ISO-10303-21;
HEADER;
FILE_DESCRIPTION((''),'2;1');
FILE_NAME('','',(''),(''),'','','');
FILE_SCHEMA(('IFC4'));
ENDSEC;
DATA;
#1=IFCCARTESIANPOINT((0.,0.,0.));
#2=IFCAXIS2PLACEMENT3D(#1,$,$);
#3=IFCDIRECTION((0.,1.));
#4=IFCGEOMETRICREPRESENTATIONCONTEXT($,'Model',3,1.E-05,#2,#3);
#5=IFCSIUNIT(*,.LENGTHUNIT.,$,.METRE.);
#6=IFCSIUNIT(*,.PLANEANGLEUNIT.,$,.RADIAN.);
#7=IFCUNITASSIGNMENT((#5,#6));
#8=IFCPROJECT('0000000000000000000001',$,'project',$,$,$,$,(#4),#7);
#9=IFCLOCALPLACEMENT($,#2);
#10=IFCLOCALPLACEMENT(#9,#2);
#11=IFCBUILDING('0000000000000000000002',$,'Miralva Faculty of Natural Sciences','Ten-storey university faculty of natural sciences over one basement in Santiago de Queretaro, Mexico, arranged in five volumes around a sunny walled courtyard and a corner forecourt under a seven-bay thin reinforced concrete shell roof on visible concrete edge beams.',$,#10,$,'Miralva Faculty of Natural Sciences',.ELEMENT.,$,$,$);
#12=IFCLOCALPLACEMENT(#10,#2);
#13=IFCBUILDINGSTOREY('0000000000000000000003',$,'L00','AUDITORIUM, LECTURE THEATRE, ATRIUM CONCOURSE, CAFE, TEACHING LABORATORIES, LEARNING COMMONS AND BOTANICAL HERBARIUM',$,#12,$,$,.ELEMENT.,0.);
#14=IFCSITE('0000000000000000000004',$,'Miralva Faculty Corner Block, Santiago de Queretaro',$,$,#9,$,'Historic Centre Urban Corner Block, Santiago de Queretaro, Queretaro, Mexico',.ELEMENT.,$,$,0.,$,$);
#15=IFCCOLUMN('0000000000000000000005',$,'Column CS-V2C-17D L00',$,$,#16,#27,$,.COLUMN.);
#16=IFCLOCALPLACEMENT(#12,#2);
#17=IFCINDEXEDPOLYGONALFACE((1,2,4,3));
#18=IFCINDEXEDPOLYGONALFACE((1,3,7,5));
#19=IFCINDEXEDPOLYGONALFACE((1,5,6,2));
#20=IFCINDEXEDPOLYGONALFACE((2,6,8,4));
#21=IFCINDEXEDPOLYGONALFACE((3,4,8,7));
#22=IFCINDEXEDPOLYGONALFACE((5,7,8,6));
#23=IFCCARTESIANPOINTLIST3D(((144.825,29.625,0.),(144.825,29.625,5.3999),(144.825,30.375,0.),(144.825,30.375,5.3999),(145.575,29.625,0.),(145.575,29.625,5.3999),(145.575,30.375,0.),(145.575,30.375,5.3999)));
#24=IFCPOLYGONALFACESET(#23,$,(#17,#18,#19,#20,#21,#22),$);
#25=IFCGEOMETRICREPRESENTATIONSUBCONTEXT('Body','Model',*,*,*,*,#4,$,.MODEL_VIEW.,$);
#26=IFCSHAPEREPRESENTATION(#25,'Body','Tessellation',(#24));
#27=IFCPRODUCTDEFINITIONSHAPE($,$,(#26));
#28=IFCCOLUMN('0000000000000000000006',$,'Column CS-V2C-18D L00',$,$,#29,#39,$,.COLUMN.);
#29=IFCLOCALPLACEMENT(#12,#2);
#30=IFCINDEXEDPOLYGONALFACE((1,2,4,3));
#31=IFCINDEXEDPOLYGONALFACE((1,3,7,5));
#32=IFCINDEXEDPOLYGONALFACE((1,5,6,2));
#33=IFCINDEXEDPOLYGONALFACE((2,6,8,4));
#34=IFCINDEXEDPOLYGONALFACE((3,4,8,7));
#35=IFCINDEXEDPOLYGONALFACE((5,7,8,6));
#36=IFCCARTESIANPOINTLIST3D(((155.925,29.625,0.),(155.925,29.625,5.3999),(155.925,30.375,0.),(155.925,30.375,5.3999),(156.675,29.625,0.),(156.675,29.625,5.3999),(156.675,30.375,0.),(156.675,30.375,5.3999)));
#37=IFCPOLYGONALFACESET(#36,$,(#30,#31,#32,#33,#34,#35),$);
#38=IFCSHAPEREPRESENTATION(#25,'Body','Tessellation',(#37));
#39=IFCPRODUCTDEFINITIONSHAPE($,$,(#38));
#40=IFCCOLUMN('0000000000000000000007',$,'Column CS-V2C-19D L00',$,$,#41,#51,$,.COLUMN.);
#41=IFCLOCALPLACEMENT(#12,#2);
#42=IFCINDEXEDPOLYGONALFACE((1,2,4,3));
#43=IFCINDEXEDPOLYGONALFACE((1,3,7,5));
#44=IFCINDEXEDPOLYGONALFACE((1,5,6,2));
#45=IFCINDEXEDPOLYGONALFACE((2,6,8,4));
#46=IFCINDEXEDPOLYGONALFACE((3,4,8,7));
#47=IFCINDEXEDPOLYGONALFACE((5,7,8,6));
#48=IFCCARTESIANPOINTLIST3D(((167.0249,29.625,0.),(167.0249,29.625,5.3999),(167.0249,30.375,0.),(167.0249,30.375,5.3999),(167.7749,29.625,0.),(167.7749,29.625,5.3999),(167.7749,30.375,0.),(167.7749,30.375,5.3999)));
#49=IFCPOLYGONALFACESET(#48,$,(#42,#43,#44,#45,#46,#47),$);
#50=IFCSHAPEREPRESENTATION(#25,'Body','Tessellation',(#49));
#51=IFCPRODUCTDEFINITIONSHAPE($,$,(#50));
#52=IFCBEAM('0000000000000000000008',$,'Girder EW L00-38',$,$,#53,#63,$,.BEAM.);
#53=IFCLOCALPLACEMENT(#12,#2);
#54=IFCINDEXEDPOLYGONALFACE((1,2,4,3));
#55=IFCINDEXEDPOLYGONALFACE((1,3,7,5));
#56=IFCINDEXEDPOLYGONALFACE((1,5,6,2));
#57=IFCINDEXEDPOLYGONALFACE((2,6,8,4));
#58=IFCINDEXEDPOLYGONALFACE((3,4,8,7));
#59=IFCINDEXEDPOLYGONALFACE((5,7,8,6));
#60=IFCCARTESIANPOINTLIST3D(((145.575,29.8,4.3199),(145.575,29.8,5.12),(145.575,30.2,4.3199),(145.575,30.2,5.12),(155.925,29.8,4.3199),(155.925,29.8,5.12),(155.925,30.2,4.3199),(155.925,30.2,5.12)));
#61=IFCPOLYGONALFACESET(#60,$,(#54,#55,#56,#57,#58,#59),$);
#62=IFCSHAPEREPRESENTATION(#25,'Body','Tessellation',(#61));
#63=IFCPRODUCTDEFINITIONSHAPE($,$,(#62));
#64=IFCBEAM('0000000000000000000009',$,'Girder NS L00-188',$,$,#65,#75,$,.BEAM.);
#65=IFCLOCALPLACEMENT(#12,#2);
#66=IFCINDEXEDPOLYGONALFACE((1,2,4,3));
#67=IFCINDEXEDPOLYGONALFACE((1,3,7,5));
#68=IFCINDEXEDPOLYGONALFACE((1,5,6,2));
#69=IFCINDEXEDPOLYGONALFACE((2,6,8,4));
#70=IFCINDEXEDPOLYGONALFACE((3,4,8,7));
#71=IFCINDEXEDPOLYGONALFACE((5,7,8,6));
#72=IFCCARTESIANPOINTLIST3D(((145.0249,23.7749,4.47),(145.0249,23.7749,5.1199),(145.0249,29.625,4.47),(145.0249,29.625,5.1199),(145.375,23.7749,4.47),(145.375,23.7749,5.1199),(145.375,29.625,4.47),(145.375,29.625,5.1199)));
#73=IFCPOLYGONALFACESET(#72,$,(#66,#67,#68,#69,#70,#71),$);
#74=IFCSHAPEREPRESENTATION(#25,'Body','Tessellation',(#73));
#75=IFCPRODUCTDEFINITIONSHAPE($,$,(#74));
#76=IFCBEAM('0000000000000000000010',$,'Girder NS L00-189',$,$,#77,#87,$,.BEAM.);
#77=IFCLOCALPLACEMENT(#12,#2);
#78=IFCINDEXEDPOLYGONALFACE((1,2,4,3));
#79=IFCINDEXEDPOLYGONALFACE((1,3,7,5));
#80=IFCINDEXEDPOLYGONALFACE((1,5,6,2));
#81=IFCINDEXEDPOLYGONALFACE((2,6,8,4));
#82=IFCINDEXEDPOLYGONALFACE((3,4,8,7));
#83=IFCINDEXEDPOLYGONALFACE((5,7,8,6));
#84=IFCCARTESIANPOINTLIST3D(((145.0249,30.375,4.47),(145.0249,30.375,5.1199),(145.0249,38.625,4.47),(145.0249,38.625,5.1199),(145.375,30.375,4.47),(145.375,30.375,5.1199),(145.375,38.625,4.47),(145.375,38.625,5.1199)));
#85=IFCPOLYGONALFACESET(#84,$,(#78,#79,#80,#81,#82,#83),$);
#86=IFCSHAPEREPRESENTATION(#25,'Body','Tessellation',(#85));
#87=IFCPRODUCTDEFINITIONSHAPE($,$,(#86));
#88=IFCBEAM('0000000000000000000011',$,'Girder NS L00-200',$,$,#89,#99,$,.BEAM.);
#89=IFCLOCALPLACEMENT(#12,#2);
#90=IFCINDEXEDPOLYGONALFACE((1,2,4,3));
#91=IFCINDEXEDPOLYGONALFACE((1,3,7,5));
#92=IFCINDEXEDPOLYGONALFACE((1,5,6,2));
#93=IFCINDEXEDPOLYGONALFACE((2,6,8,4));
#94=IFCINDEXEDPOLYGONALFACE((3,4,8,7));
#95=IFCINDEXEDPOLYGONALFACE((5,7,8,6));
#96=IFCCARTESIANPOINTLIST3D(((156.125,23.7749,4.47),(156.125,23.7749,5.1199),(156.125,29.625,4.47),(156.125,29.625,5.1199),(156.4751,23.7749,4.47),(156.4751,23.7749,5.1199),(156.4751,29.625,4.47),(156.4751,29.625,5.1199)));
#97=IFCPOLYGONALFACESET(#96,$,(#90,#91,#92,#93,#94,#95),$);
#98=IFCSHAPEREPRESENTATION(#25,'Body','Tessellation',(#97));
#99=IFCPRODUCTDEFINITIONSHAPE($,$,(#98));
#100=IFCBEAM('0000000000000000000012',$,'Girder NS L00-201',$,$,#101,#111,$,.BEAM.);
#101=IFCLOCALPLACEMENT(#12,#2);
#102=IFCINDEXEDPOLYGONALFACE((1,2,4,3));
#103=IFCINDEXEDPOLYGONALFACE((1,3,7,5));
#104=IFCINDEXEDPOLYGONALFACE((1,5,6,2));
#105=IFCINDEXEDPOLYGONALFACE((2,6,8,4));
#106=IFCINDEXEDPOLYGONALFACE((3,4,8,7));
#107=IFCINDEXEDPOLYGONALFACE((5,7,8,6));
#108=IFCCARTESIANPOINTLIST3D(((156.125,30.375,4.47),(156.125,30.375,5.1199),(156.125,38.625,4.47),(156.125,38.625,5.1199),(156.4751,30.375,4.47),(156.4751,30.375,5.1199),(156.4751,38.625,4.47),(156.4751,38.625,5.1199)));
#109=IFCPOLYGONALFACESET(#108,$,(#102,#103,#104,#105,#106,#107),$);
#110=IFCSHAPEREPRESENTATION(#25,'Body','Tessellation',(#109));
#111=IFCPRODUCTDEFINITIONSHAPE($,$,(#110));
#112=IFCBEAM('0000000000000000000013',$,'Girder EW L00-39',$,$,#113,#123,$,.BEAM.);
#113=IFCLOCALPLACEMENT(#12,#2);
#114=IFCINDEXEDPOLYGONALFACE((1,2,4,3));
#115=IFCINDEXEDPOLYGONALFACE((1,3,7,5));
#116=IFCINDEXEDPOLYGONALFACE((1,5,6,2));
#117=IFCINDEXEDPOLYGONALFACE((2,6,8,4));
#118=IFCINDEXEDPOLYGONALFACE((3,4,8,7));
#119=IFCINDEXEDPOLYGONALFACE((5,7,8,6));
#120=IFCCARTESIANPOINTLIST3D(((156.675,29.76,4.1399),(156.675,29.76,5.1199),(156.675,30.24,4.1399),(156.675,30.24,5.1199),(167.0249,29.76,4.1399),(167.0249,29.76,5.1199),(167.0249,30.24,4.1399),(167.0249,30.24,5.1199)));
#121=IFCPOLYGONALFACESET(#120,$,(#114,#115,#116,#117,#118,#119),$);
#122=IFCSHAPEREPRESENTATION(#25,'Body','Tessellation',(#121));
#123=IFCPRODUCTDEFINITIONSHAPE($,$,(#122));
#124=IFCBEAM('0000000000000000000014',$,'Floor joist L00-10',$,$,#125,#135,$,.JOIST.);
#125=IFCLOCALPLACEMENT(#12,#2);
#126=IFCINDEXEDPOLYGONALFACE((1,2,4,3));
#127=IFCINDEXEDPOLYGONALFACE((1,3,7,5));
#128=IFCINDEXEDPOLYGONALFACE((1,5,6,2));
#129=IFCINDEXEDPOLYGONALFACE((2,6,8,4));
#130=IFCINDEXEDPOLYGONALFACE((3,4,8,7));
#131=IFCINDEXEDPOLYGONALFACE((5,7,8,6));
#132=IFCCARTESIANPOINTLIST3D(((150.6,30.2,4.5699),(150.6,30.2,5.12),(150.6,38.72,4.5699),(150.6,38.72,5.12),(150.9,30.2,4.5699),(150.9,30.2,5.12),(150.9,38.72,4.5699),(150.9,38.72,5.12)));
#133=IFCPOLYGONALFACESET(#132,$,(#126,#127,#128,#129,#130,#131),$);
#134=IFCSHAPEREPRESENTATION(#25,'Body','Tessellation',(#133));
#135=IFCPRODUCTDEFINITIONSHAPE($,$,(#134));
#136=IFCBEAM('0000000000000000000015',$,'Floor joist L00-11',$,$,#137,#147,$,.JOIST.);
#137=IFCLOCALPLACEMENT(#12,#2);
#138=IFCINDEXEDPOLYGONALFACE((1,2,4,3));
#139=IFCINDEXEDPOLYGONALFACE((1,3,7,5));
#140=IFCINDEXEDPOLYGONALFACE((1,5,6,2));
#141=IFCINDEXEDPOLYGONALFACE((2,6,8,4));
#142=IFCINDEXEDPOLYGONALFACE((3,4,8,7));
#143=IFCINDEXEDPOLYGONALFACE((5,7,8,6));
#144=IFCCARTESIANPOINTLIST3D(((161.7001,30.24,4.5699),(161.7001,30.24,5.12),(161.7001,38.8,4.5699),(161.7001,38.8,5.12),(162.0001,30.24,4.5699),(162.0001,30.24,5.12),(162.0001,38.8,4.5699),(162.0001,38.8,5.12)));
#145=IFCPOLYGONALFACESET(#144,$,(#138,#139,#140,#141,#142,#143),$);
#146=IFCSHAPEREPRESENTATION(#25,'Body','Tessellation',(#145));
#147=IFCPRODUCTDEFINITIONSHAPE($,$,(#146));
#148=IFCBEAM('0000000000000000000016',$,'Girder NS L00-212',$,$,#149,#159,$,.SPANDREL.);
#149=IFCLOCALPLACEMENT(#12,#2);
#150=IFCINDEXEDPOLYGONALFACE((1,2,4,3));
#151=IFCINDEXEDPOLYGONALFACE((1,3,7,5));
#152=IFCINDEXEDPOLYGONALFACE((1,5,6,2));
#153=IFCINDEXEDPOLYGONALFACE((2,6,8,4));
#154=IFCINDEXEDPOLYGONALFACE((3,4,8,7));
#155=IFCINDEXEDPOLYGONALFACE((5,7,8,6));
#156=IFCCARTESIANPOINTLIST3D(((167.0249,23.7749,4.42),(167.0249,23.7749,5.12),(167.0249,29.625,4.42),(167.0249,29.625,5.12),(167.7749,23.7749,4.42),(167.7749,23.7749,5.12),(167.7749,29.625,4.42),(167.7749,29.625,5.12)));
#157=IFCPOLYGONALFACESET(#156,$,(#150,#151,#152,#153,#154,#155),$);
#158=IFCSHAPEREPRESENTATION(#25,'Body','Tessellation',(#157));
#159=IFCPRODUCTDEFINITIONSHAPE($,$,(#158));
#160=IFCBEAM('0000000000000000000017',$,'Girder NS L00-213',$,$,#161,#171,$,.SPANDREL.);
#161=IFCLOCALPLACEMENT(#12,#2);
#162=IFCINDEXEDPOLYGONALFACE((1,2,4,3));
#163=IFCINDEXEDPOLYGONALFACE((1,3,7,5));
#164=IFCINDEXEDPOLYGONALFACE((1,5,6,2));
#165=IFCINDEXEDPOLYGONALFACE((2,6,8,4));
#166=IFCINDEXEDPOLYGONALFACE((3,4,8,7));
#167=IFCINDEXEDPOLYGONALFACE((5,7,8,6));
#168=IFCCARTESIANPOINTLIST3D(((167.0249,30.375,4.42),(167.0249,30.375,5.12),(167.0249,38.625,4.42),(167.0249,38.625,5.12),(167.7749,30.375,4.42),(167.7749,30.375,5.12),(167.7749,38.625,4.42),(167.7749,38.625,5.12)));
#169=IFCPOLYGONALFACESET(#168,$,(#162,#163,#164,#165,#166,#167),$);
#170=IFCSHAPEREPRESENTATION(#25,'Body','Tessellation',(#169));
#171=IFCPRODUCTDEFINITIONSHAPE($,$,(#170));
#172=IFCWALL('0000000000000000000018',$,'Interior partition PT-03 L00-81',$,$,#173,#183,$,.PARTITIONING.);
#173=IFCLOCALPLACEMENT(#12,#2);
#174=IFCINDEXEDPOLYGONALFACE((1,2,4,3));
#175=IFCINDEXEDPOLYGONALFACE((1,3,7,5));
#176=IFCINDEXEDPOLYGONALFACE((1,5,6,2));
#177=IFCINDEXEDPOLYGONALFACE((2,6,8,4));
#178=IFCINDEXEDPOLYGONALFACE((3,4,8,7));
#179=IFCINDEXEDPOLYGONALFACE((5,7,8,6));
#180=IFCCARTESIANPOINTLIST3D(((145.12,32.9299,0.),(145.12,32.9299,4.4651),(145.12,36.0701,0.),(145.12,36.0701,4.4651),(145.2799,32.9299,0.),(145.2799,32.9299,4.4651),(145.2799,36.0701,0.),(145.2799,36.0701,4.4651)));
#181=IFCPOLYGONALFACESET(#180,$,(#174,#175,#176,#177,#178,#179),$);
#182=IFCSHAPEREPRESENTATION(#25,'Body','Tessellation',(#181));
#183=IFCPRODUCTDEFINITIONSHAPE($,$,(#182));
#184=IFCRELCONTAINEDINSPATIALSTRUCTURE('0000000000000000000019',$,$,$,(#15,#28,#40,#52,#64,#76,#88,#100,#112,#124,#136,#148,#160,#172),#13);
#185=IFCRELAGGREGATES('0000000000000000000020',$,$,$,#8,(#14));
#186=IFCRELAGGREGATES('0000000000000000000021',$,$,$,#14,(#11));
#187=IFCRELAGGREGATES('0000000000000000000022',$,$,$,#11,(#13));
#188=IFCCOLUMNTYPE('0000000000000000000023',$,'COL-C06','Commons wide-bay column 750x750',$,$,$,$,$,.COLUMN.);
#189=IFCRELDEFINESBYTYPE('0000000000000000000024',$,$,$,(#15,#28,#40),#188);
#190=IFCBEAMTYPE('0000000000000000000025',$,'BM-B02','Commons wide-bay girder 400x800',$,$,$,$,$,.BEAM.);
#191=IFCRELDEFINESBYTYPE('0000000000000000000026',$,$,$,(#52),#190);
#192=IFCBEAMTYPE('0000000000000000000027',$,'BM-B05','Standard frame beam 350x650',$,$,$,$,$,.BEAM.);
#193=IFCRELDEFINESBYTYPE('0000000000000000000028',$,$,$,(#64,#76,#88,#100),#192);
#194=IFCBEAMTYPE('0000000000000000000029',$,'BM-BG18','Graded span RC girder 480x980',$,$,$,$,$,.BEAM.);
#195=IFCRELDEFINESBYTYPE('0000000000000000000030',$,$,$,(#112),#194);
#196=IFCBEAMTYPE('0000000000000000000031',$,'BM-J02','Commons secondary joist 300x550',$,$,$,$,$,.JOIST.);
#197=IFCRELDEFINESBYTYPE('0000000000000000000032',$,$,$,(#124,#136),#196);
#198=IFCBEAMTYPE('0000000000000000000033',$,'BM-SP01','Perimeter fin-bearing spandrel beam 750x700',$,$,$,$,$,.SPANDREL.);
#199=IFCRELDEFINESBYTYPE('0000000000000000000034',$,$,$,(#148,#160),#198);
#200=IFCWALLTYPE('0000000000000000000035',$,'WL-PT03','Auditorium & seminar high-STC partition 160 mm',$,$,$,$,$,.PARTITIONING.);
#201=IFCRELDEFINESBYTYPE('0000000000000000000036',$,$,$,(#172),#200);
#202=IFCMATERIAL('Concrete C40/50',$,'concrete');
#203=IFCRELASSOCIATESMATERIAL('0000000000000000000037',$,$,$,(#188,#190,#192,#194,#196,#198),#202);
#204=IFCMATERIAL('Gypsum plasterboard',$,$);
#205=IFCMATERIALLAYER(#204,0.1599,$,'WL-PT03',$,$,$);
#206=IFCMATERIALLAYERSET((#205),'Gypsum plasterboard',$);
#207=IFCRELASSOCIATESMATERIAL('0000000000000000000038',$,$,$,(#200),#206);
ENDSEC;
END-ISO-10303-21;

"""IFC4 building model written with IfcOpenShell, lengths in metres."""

from ifc_helpers import new_model, si_unit, direction, frame, frame_2d, origin, origin_2d, place, context, subcontext, project, spatial, rectangle, extrude, material, layer, layer_set, material_profile, profile_set, type_object, element, save


model = new_model("IFC4")

# Units and contexts
model_context = context("Model", 3, precision=1e-05, world=origin(), true_north=direction((0.0, 1.0)))
body_context = subcontext(model_context, "Body", "Model", "MODEL_VIEW")
ifc_project = project(units=[si_unit("LENGTHUNIT", "METRE"), si_unit("PLANEANGLEUNIT", "RADIAN")], contexts=[model_context])

# Site, building, storey
site_placement = place(None, origin())
site = spatial("IfcSite", under=ifc_project, at=site_placement, Name="Miralva Faculty Corner Block, Santiago de Queretaro", LongName="Historic Centre Urban Corner Block, Santiago de Queretaro, Queretaro, Mexico", CompositionType="ELEMENT", RefElevation=0.0)
building_placement = place(site_placement, origin())
building = spatial("IfcBuilding", under=site, at=building_placement, Name="Miralva Faculty of Natural Sciences", Description="Ten-storey university faculty of natural sciences over one basement in Santiago de Queretaro, Mexico, arranged in five volumes around a sunny walled courtyard and a corner forecourt under a seven-bay thin reinforced concrete shell roof on visible concrete edge beams.", LongName="Miralva Faculty of Natural Sciences", CompositionType="ELEMENT")
storey_placement = place(building_placement, origin())
storey = spatial("IfcBuildingStorey", under=building, at=storey_placement, Name="L00", Description="AUDITORIUM, LECTURE THEATRE, ATRIUM CONCOURSE, CAFE, TEACHING LABORATORIES, LEARNING COMMONS AND BOTANICAL HERBARIUM", CompositionType="ELEMENT", Elevation=0.0)

# Columns
ifc_material_1 = material(Name="Concrete C40/50", Category="concrete")
ifc_material_profile_1 = material_profile(ifc_material_1, rectangle(XDim=0.75, YDim=0.75, at=origin_2d()), Name="RC 750x750")
ifc_profile_set_1 = profile_set([ifc_material_profile_1], Name="Concrete C40/50")
column_type = type_object("IfcColumnType", Name="COL-C06", Description="Commons wide-bay column 750x750", PredefinedType="COLUMN", material=ifc_profile_set_1)
for number, where, z_axis, x_axis, name in (
    (1, (145.2, 30.0, 0.0), (0.0, 0.0, 1.0), (1.0, 0.0, 0.0), "Column CS-V2C-17D L00"),
    (2, (156.3, 30.0, 0.0), (0.0, 0.0, 1.0), (1.0, 0.0, 0.0), "Column CS-V2C-18D L00"),
    (3, (167.3999, 30.0, 0.0), (0.0, 0.0, 1.0), (1.0, 0.0, 0.0), "Column CS-V2C-19D L00"),
):
    element("IfcColumn", number, at=place(storey_placement, frame(where, z_axis=z_axis, x_axis=x_axis)), inside=storey, type_object=column_type, Name=name, PredefinedType="COLUMN", context=body_context, shape_type="SweptSolid", body=[
        extrude(rectangle(XDim=0.75, YDim=0.75, at=origin_2d()), origin(), (0.0, 0.0, 1.0), 5.3999),
    ])

# Beams
ifc_material_profile_2 = material_profile(ifc_material_1, rectangle(XDim=0.3999, YDim=0.8, at=origin_2d()), Name="RC 400x800")
ifc_profile_set_2 = profile_set([ifc_material_profile_2], Name="Concrete C40/50")
beam_type_1 = type_object("IfcBeamType", Name="BM-B02", Description="Commons wide-bay girder 400x800", PredefinedType="BEAM", material=ifc_profile_set_2)
beam_1_placement = place(storey_placement, frame((145.575, 30.0, 4.72), z_axis=(1.0, 0.0, 0.0), x_axis=(0.0, 1.0, 0.0)))
element("IfcBeam", 4, at=beam_1_placement, inside=storey, type_object=beam_type_1, Name="Girder EW L00-38", PredefinedType="BEAM", context=body_context, shape_type="SweptSolid", body=[
    extrude(rectangle(XDim=0.3999, YDim=0.8, at=origin_2d()), origin(), (0.0, 0.0, 1.0), 10.3501),
])
ifc_material_profile_3 = material_profile(ifc_material_1, rectangle(XDim=0.3501, YDim=0.6499, at=origin_2d()), Name="RC 350x650")
ifc_profile_set_3 = profile_set([ifc_material_profile_3], Name="Concrete C40/50")
beam_type_2 = type_object("IfcBeamType", Name="BM-B05", Description="Standard frame beam 350x650", PredefinedType="BEAM", material=ifc_profile_set_3)
beam_2_placement = place(storey_placement, frame((145.2, 23.7749, 4.7949), z_axis=(0.0, 1.0, 0.0), x_axis=(-1.0, 0.0, 0.0)))
element("IfcBeam", 5, at=beam_2_placement, inside=storey, type_object=beam_type_2, Name="Girder NS L00-188", PredefinedType="BEAM", context=body_context, shape_type="SweptSolid", body=[
    extrude(rectangle(XDim=0.3501, YDim=0.6499, at=origin_2d()), origin(), (0.0, 0.0, 1.0), 5.8501),
])
beam_3_placement = place(storey_placement, frame((145.2, 30.375, 4.7949), z_axis=(0.0, 1.0, 0.0), x_axis=(-1.0, 0.0, 0.0)))
element("IfcBeam", 6, at=beam_3_placement, inside=storey, type_object=beam_type_2, Name="Girder NS L00-189", PredefinedType="BEAM", context=body_context, shape_type="SweptSolid", body=[
    extrude(rectangle(XDim=0.3501, YDim=0.6499, at=origin_2d()), origin(), (0.0, 0.0, 1.0), 8.25),
])
beam_4_placement = place(storey_placement, frame((156.3, 23.7749, 4.7949), z_axis=(0.0, 1.0, 0.0), x_axis=(-1.0, 0.0, 0.0)))
element("IfcBeam", 7, at=beam_4_placement, inside=storey, type_object=beam_type_2, Name="Girder NS L00-200", PredefinedType="BEAM", context=body_context, shape_type="SweptSolid", body=[
    extrude(rectangle(XDim=0.3501, YDim=0.6499, at=origin_2d()), origin(), (0.0, 0.0, 1.0), 5.8501),
])
beam_5_placement = place(storey_placement, frame((156.3, 30.375, 4.7949), z_axis=(0.0, 1.0, 0.0), x_axis=(-1.0, 0.0, 0.0)))
element("IfcBeam", 8, at=beam_5_placement, inside=storey, type_object=beam_type_2, Name="Girder NS L00-201", PredefinedType="BEAM", context=body_context, shape_type="SweptSolid", body=[
    extrude(rectangle(XDim=0.3501, YDim=0.6499, at=origin_2d()), origin(), (0.0, 0.0, 1.0), 8.25),
])
ifc_material_profile_4 = material_profile(ifc_material_1, rectangle(XDim=0.48, YDim=0.98, at=origin_2d()), Name="RC 480x980")
ifc_profile_set_4 = profile_set([ifc_material_profile_4], Name="Concrete C40/50")
beam_type_3 = type_object("IfcBeamType", Name="BM-BG18", Description="Graded span RC girder 480x980", PredefinedType="BEAM", material=ifc_profile_set_4)
beam_6_placement = place(storey_placement, frame((156.675, 30.0, 4.6299), z_axis=(1.0, 0.0, 0.0), x_axis=(0.0, 1.0, 0.0)))
element("IfcBeam", 9, at=beam_6_placement, inside=storey, type_object=beam_type_3, Name="Girder EW L00-39", PredefinedType="BEAM", context=body_context, shape_type="SweptSolid", body=[
    extrude(rectangle(XDim=0.48, YDim=0.98, at=origin_2d()), origin(), (0.0, 0.0, 1.0), 10.3499),
])
ifc_material_profile_5 = material_profile(ifc_material_1, rectangle(XDim=0.3, YDim=0.55, at=origin_2d()), Name="RC 300x550")
ifc_profile_set_5 = profile_set([ifc_material_profile_5], Name="Concrete C40/50")
beam_type_4 = type_object("IfcBeamType", Name="BM-J02", Description="Commons secondary joist 300x550", PredefinedType="JOIST", material=ifc_profile_set_5)
beam_7_placement = place(storey_placement, frame((150.75, 30.2, 4.845), z_axis=(0.0, 1.0, 0.0), x_axis=(-1.0, 0.0, 0.0)))
element("IfcBeam", 10, at=beam_7_placement, inside=storey, type_object=beam_type_4, Name="Floor joist L00-10", PredefinedType="JOIST", context=body_context, shape_type="SweptSolid", body=[
    extrude(rectangle(XDim=0.3, YDim=0.55, at=origin_2d()), origin(), (0.0, 0.0, 1.0), 8.52),
])
beam_8_placement = place(storey_placement, frame((161.8501, 30.24, 4.845), z_axis=(0.0, 1.0, 0.0), x_axis=(-1.0, 0.0, 0.0)))
element("IfcBeam", 11, at=beam_8_placement, inside=storey, type_object=beam_type_4, Name="Floor joist L00-11", PredefinedType="JOIST", context=body_context, shape_type="SweptSolid", body=[
    extrude(rectangle(XDim=0.3, YDim=0.55, at=origin_2d()), origin(), (0.0, 0.0, 1.0), 8.5601),
])
ifc_material_profile_6 = material_profile(ifc_material_1, rectangle(XDim=0.75, YDim=0.7, at=origin_2d()), Name="RC 750x700")
ifc_profile_set_6 = profile_set([ifc_material_profile_6], Name="Concrete C40/50")
beam_type_5 = type_object("IfcBeamType", Name="BM-SP01", Description="Perimeter fin-bearing spandrel beam 750x700", PredefinedType="SPANDREL", material=ifc_profile_set_6)
beam_9_placement = place(storey_placement, frame((167.3999, 23.7749, 4.77), z_axis=(0.0, 1.0, 0.0), x_axis=(-1.0, 0.0, 0.0)))
element("IfcBeam", 12, at=beam_9_placement, inside=storey, type_object=beam_type_5, Name="Girder NS L00-212", PredefinedType="SPANDREL", context=body_context, shape_type="SweptSolid", body=[
    extrude(rectangle(XDim=0.75, YDim=0.7, at=origin_2d()), origin(), (0.0, 0.0, 1.0), 5.8501),
])
beam_10_placement = place(storey_placement, frame((167.3999, 30.375, 4.77), z_axis=(0.0, 1.0, 0.0), x_axis=(-1.0, 0.0, 0.0)))
element("IfcBeam", 13, at=beam_10_placement, inside=storey, type_object=beam_type_5, Name="Girder NS L00-213", PredefinedType="SPANDREL", context=body_context, shape_type="SweptSolid", body=[
    extrude(rectangle(XDim=0.75, YDim=0.7, at=origin_2d()), origin(), (0.0, 0.0, 1.0), 8.25),
])

# Wall
ifc_material_2 = material(Name="Gypsum plasterboard")
ifc_layer_1 = layer(ifc_material_2, 0.1599, Name="WL-PT03")
ifc_layer_set_1 = layer_set([ifc_layer_1], Name="Gypsum plasterboard")
wall_type_1 = type_object("IfcWallType", Name="WL-PT03", Description="Auditorium & seminar high-STC partition 160 mm", PredefinedType="PARTITIONING", material=ifc_layer_set_1)
wall_1_placement = place(storey_placement, frame((145.2, 32.9299, 0.0), z_axis=(0.0, 0.0, 1.0), x_axis=(0.0, 1.0, 0.0)))
element("IfcWall", 14, at=wall_1_placement, inside=storey, type_object=wall_type_1, Name="Interior partition PT-03 L00-81", PredefinedType="PARTITIONING", context=body_context, shape_type="SweptSolid", body=[
    extrude(rectangle(XDim=3.1401, YDim=0.1599, at=frame_2d((1.5701, 0.0))), origin(), (0.0, 0.0, 1.0), 4.4651),
])

save(model, "model.ifc")
